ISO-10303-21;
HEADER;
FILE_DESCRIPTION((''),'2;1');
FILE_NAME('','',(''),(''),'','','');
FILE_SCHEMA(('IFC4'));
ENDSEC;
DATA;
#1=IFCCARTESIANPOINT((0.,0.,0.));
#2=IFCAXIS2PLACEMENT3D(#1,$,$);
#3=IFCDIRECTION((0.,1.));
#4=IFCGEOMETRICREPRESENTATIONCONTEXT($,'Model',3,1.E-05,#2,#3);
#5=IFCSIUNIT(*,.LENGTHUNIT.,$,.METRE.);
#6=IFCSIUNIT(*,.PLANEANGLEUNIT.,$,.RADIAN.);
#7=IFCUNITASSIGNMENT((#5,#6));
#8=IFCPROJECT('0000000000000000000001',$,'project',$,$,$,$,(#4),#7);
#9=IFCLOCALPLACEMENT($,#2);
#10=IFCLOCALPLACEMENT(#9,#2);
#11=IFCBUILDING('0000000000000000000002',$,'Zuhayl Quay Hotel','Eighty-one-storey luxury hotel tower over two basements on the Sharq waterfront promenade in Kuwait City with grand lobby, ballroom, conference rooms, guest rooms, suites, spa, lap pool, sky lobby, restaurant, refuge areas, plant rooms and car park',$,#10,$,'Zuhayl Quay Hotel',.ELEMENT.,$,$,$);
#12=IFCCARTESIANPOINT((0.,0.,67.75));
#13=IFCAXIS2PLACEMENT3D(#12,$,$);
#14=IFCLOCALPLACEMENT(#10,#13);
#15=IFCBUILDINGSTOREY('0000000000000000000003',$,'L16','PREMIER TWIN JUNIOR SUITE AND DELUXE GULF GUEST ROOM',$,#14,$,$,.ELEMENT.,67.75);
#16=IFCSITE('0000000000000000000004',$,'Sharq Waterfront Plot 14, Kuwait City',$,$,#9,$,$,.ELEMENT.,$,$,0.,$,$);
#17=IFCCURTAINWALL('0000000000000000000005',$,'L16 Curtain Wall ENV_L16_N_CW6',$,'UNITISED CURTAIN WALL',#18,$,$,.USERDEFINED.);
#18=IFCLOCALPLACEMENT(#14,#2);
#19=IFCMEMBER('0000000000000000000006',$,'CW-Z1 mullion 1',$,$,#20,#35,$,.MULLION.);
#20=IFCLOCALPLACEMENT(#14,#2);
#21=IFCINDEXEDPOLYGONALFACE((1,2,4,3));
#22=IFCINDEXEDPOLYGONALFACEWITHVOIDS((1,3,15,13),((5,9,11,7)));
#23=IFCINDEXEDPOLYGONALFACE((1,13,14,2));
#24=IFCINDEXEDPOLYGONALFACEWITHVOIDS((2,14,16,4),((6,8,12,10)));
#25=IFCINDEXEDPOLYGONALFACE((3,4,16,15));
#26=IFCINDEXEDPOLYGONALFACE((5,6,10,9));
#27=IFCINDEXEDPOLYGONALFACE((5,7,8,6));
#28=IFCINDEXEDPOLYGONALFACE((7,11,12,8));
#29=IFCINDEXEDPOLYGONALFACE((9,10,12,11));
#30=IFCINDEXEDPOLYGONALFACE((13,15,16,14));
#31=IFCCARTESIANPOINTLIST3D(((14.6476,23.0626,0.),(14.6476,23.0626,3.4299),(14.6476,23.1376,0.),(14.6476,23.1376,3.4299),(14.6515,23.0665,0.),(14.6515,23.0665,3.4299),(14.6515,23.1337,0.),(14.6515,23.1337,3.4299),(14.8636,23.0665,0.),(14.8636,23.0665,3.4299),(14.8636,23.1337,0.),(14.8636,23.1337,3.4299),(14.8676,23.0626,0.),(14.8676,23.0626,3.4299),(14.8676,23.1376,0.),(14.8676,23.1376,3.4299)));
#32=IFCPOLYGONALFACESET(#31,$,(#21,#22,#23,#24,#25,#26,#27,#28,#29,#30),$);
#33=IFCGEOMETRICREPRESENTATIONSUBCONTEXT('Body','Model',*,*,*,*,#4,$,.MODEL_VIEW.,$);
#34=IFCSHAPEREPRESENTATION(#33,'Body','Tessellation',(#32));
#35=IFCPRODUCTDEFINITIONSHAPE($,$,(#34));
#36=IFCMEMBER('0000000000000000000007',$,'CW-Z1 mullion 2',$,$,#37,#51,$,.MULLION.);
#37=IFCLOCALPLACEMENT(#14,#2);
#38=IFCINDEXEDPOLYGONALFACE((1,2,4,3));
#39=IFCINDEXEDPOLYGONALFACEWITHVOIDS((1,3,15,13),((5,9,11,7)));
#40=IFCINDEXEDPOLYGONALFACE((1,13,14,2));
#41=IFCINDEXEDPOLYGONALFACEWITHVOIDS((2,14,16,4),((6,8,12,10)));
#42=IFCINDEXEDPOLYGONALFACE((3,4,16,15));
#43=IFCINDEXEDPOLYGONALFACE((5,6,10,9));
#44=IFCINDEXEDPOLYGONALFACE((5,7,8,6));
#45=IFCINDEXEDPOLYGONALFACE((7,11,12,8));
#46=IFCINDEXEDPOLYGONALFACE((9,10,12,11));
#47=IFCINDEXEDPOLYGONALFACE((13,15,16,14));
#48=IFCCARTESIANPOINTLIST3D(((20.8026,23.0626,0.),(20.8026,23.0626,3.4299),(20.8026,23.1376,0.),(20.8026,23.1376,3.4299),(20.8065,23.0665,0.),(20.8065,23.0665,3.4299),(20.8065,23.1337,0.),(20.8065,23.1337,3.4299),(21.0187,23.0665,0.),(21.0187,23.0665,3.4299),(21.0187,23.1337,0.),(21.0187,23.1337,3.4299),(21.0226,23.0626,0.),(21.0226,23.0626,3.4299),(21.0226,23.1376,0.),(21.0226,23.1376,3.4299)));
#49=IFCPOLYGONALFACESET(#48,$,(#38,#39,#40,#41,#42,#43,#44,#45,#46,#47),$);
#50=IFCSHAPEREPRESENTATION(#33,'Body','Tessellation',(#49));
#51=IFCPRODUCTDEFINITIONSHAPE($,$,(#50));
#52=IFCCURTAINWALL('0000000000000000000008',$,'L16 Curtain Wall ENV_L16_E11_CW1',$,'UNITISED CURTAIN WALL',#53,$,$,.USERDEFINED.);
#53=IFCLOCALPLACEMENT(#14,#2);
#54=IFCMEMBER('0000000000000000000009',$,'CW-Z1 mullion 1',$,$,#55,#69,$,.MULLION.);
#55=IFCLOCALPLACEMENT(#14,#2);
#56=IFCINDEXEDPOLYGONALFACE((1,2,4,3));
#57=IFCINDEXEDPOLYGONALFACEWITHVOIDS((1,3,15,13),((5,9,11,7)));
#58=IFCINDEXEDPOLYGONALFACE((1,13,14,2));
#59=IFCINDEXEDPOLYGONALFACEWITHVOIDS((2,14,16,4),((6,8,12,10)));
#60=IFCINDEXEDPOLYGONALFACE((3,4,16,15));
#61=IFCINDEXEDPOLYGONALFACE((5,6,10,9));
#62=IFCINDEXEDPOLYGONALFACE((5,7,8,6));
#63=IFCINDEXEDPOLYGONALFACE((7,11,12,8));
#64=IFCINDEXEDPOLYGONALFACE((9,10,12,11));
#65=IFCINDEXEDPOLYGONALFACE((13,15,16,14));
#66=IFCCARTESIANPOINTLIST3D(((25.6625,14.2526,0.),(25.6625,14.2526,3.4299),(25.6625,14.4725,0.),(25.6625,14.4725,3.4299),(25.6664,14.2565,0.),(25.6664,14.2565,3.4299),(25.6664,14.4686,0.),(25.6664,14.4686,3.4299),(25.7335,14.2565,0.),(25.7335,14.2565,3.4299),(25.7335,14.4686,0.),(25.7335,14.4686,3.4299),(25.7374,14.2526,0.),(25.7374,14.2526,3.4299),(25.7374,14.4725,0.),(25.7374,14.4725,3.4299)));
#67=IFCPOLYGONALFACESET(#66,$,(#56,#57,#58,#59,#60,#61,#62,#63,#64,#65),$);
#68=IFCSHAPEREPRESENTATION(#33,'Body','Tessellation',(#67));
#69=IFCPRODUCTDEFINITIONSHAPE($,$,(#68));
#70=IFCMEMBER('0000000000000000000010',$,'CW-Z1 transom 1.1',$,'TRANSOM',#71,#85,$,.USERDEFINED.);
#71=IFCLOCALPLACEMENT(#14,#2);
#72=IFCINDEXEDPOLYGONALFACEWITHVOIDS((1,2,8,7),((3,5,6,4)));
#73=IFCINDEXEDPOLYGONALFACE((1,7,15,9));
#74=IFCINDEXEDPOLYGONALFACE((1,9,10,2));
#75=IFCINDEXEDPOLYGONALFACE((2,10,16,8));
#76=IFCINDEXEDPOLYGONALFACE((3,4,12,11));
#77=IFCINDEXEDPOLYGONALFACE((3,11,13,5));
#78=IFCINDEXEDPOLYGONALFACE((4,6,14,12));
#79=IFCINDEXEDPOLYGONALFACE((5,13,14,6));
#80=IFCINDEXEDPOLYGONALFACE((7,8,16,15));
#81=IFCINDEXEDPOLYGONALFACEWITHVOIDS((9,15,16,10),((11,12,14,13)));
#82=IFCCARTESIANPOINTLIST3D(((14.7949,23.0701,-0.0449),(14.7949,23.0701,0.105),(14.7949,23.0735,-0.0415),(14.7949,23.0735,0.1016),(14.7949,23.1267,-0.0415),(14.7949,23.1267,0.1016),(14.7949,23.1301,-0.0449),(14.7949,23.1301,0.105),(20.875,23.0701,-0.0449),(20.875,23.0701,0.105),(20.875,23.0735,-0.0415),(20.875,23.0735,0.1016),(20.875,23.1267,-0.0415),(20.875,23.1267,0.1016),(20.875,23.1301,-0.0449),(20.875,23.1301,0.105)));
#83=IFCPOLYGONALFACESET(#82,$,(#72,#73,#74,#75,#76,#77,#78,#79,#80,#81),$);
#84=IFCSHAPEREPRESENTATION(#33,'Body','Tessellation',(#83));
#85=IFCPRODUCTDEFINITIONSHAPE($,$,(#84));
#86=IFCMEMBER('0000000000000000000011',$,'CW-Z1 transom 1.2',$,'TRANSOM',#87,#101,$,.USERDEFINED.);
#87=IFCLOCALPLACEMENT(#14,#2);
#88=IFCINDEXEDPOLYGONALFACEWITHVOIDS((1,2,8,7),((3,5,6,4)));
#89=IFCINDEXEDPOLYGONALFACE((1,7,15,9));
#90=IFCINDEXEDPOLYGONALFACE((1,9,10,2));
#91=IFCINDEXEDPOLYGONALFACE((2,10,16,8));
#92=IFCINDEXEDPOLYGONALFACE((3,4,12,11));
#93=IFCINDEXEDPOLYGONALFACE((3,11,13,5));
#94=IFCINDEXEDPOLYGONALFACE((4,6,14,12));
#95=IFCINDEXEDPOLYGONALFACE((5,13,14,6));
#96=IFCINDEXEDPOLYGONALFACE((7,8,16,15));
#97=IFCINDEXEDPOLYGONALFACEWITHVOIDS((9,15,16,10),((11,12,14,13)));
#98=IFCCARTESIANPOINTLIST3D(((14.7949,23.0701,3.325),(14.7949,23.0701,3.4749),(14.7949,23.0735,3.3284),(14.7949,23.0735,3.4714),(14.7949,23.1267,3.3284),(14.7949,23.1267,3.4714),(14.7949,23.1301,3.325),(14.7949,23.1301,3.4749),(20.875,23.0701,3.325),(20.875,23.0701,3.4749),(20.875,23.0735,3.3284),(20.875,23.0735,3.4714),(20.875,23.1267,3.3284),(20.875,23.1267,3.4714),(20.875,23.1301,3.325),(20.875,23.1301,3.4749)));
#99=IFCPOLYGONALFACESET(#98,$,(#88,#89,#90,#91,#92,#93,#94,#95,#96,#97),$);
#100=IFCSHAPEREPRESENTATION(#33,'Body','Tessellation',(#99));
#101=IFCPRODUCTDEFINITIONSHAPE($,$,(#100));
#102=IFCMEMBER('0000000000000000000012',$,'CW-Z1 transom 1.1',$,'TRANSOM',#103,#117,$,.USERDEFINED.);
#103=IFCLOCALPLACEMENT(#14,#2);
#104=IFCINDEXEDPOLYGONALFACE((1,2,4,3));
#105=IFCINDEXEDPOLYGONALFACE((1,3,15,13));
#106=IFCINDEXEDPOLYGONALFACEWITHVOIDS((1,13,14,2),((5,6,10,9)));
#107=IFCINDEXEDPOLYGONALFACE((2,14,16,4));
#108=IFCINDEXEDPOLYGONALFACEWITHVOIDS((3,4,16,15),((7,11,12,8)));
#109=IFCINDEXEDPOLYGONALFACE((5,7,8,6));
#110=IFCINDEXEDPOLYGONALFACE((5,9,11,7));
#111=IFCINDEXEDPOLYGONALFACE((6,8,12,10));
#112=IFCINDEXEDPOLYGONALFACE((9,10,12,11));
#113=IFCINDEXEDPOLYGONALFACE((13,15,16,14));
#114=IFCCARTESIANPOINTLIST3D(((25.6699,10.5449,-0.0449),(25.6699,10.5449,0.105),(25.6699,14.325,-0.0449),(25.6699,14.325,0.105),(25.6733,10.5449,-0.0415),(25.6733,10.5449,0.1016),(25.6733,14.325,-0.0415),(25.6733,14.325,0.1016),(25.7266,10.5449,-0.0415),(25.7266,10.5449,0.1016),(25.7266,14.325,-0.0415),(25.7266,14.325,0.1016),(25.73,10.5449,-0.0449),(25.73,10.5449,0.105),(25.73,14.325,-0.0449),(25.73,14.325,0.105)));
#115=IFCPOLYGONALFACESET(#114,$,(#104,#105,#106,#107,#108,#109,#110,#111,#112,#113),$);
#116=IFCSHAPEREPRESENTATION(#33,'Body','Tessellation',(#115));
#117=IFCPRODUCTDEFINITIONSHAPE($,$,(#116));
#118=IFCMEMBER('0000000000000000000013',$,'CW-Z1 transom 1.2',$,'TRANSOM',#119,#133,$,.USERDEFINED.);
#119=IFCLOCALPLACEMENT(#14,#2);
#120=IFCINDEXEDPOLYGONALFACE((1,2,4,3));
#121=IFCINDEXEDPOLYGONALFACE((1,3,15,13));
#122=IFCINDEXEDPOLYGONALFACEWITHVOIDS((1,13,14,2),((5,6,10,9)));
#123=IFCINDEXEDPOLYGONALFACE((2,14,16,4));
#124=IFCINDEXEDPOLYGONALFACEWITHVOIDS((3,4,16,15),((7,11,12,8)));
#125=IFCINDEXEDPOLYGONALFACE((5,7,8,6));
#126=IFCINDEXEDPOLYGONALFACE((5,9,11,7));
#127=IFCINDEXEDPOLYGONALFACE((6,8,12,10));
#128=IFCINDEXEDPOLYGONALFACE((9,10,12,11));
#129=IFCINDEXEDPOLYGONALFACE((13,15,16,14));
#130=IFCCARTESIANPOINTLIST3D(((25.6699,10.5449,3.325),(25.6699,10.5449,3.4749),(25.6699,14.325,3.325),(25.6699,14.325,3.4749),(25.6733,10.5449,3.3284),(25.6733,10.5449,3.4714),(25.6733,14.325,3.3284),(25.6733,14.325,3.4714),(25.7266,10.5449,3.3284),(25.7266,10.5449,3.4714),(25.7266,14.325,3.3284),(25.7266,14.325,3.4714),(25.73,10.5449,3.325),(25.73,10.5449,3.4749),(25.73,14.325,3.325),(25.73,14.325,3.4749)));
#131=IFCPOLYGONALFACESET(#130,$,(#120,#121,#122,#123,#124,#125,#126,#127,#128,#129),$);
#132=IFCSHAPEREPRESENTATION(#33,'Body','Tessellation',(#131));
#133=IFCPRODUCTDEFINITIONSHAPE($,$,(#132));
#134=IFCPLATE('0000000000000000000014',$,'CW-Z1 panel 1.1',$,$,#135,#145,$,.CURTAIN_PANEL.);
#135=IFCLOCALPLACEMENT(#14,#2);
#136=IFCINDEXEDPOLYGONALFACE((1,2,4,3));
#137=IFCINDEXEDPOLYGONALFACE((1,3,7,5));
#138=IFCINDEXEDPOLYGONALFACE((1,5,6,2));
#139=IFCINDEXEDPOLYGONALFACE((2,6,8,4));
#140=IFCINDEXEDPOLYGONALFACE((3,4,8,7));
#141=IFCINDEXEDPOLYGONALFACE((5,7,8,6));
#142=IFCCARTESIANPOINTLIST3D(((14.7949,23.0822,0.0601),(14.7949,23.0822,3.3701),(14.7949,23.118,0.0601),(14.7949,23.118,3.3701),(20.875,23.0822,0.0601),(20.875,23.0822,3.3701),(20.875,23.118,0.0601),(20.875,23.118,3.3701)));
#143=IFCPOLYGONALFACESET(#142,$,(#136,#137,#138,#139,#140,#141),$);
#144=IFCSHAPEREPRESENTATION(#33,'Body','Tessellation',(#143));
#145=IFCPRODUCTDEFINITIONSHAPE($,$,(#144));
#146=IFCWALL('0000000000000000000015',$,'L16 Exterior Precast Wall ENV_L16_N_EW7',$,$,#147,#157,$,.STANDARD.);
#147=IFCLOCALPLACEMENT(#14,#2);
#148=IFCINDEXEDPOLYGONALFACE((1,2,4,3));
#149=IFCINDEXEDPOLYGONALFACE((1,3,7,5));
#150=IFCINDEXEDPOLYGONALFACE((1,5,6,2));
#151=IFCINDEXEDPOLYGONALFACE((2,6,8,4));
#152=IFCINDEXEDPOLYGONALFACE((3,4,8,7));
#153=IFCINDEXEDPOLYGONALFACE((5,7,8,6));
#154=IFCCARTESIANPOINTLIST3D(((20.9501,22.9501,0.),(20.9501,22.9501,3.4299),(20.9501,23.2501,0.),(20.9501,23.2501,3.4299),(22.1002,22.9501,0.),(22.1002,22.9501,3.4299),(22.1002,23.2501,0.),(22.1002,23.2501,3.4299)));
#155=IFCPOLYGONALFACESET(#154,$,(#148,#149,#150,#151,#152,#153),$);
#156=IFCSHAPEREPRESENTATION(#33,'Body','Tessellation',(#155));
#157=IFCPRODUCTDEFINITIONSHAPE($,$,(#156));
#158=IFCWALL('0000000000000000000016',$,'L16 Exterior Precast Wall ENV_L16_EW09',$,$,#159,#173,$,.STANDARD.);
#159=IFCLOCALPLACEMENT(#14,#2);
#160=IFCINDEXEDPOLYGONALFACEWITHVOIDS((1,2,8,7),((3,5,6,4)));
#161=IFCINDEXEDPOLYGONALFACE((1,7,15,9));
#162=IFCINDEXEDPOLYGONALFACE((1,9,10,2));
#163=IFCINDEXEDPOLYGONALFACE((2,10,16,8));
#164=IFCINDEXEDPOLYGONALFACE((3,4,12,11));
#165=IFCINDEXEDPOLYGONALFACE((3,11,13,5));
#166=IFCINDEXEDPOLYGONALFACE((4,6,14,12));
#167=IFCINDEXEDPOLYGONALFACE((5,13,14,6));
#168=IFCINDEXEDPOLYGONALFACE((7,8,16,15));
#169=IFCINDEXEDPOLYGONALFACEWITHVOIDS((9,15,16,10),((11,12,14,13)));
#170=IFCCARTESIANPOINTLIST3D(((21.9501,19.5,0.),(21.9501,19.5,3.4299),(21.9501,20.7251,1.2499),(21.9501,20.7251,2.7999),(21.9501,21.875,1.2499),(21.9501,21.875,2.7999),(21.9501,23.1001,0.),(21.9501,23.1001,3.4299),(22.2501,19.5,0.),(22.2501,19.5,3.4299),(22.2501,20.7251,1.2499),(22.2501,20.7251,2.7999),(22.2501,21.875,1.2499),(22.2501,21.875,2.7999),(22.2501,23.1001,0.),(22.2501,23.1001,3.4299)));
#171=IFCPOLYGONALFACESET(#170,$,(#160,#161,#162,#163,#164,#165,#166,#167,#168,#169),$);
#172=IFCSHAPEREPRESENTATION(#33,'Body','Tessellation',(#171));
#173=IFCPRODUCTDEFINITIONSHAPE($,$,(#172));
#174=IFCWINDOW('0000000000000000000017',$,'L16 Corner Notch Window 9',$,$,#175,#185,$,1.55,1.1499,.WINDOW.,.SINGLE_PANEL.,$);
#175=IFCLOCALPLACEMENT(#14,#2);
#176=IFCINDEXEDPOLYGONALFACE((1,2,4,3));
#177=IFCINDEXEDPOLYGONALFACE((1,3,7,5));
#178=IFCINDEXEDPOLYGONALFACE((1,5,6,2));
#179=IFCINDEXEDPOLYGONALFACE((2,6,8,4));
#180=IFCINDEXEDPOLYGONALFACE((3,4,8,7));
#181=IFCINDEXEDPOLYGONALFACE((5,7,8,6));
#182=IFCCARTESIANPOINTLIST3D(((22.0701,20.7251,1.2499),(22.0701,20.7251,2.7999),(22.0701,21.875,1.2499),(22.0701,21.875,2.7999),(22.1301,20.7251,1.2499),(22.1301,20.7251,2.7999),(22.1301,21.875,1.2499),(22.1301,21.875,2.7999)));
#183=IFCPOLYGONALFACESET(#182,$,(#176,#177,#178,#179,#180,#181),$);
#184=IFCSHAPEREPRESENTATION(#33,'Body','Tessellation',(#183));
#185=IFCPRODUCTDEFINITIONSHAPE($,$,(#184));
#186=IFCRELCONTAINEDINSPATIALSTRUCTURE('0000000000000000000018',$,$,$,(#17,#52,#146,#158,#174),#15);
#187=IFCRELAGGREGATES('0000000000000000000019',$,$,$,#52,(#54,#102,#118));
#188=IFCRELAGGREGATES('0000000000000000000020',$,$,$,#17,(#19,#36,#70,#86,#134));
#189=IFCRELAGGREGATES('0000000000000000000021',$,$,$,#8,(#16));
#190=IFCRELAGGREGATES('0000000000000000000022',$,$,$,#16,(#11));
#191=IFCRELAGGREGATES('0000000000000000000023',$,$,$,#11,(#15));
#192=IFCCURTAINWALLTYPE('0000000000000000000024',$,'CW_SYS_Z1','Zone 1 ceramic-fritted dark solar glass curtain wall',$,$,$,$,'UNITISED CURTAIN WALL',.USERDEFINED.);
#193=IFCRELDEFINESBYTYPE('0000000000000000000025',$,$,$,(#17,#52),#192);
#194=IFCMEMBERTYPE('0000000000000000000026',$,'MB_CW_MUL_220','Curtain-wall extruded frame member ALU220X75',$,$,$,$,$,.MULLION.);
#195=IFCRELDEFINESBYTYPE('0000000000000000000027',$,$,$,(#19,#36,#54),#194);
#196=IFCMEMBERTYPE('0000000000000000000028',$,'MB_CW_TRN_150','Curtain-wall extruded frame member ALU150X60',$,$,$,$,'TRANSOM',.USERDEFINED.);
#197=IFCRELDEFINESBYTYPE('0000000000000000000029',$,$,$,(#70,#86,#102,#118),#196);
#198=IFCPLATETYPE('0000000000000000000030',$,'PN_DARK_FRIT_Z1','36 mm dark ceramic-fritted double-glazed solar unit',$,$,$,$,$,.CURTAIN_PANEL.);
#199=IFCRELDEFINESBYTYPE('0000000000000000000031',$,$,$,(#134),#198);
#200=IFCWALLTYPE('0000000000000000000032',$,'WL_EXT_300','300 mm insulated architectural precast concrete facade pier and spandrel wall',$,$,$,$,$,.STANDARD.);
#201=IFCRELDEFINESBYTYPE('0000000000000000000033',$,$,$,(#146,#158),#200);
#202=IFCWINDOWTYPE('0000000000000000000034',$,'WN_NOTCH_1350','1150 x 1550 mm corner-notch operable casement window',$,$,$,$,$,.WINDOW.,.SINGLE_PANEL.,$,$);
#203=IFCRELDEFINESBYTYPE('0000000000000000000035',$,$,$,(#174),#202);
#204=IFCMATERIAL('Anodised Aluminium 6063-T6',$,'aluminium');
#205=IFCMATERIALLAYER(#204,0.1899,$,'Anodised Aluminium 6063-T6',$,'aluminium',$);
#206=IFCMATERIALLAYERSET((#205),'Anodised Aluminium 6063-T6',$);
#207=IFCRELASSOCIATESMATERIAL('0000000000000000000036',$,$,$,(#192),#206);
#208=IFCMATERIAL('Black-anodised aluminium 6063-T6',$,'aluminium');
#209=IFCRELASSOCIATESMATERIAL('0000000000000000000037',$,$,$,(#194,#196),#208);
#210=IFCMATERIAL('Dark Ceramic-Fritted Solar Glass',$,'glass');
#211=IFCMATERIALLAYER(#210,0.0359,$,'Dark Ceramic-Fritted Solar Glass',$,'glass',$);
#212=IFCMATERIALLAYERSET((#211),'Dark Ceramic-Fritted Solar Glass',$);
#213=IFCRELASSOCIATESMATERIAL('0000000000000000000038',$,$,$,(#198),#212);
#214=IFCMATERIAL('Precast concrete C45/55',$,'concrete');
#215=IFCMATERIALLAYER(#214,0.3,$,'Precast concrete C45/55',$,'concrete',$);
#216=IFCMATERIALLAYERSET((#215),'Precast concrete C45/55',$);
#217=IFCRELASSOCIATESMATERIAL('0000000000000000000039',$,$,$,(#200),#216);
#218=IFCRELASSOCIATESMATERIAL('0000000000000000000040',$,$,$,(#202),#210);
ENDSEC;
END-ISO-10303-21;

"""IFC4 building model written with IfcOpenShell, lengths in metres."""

from ifc_helpers import new_model, si_unit, direction, frame, frame_2d, origin, origin_2d, place, context, subcontext, project, spatial, rectangle, hollow_rectangle, extrude, material, layer, layer_set, material_profile, profile_set, type_object, element, fill, aggregate, save


model = new_model("IFC4")

# Units and contexts
model_context = context("Model", 3, precision=1e-05, world=origin(), true_north=direction((0.0, 1.0)))
body_context = subcontext(model_context, "Body", "Model", "MODEL_VIEW")
ifc_project = project(units=[si_unit("LENGTHUNIT", "METRE"), si_unit("PLANEANGLEUNIT", "RADIAN")], contexts=[model_context])

# Site, building, storey
site_placement = place(None, origin())
site = spatial("IfcSite", under=ifc_project, at=site_placement, Name="Sharq Waterfront Plot 14, Kuwait City", CompositionType="ELEMENT", RefElevation=0.0)
building_placement = place(site_placement, origin())
building = spatial("IfcBuilding", under=site, at=building_placement, Name="Zuhayl Quay Hotel", Description="Eighty-one-storey luxury hotel tower over two basements on the Sharq waterfront promenade in Kuwait City with grand lobby, ballroom, conference rooms, guest rooms, suites, spa, lap pool, sky lobby, restaurant, refuge areas, plant rooms and car park", LongName="Zuhayl Quay Hotel", CompositionType="ELEMENT")
storey_placement = place(building_placement, frame((0.0, 0.0, 67.75)))
storey = spatial("IfcBuildingStorey", under=building, at=storey_placement, Name="L16", Description="PREMIER TWIN JUNIOR SUITE AND DELUXE GULF GUEST ROOM", CompositionType="ELEMENT", Elevation=67.75)

# Curtain wall, members
ifc_material_1 = material(Name="Anodised Aluminium 6063-T6", Category="aluminium")
ifc_layer_1 = layer(ifc_material_1, 0.1899, Name="Anodised Aluminium 6063-T6", Category="aluminium")
ifc_layer_set_1 = layer_set([ifc_layer_1], Name="Anodised Aluminium 6063-T6")
curtain_wall_type = type_object("IfcCurtainWallType", Name="CW_SYS_Z1", Description="Zone 1 ceramic-fritted dark solar glass curtain wall", ElementType="UNITISED CURTAIN WALL", PredefinedType="USERDEFINED", material=ifc_layer_set_1)
curtain_wall_1_placement = place(storey_placement, origin())
curtain_wall_1 = element("IfcCurtainWall", 1, at=curtain_wall_1_placement, inside=storey, type_object=curtain_wall_type, Name="L16 Curtain Wall ENV_L16_N_CW6", ObjectType="UNITISED CURTAIN WALL", PredefinedType="USERDEFINED")
ifc_material_2 = material(Name="Black-anodised aluminium 6063-T6", Category="aluminium")
ifc_material_profile_1 = material_profile(ifc_material_2, hollow_rectangle(XDim=0.075, YDim=0.22, WallThickness=0.0039, at=origin_2d()), Name="ALU220X75")
ifc_profile_set_1 = profile_set([ifc_material_profile_1], Name="Black-anodised aluminium 6063-T6")
member_type_1 = type_object("IfcMemberType", Name="MB_CW_MUL_220", Description="Curtain-wall extruded frame member ALU220X75", PredefinedType="MULLION", material=ifc_profile_set_1)
member_1_placement = place(storey_placement, frame((14.7576, 23.1001, 0.0), z_axis=(0.0, 0.0, 1.0), x_axis=(0.0, 1.0, 0.0)))
member_1 = element("IfcMember", 2, at=member_1_placement, type_object=member_type_1, Name="CW-Z1 mullion 1", PredefinedType="MULLION", context=body_context, shape_type="SweptSolid", body=[
    extrude(hollow_rectangle(XDim=0.075, YDim=0.22, WallThickness=0.0039, at=origin_2d()), origin(), (0.0, 0.0, 1.0), 3.4299),
])
member_2_placement = place(storey_placement, frame((20.9126, 23.1001, 0.0), z_axis=(0.0, 0.0, 1.0), x_axis=(0.0, 1.0, 0.0)))
member_2 = element("IfcMember", 3, at=member_2_placement, type_object=member_type_1, Name="CW-Z1 mullion 2", PredefinedType="MULLION", context=body_context, shape_type="SweptSolid", body=[
    extrude(hollow_rectangle(XDim=0.075, YDim=0.22, WallThickness=0.0039, at=origin_2d()), origin(), (0.0, 0.0, 1.0), 3.4299),
])

# Curtain wall, member
curtain_wall_2_placement = place(storey_placement, origin())
curtain_wall_2 = element("IfcCurtainWall", 4, at=curtain_wall_2_placement, inside=storey, type_object=curtain_wall_type, Name="L16 Curtain Wall ENV_L16_E11_CW1", ObjectType="UNITISED CURTAIN WALL", PredefinedType="USERDEFINED")
member_3_placement = place(storey_placement, frame((25.7, 14.3625, 0.0), z_axis=(0.0, 0.0, 1.0), x_axis=(1.0, 0.0, 0.0)))
member_3 = element("IfcMember", 5, at=member_3_placement, type_object=member_type_1, Name="CW-Z1 mullion 1", PredefinedType="MULLION", context=body_context, shape_type="SweptSolid", body=[
    extrude(hollow_rectangle(XDim=0.075, YDim=0.22, WallThickness=0.0039, at=origin_2d()), origin(), (0.0, 0.0, 1.0), 3.4299),
])

# Members
ifc_material_profile_2 = material_profile(ifc_material_2, hollow_rectangle(XDim=0.0601, YDim=0.1499, WallThickness=0.0034, at=origin_2d()), Name="ALU150X60")
ifc_profile_set_2 = profile_set([ifc_material_profile_2], Name="Black-anodised aluminium 6063-T6")
member_type_2 = type_object("IfcMemberType", Name="MB_CW_TRN_150", Description="Curtain-wall extruded frame member ALU150X60", ElementType="TRANSOM", PredefinedType="USERDEFINED", material=ifc_profile_set_2)
member_4_placement = place(storey_placement, frame((14.7949, 23.1001, 0.03), z_axis=(1.0, 0.0, 0.0), x_axis=(0.0, 1.0, 0.0)))
member_4 = element("IfcMember", 6, at=member_4_placement, type_object=member_type_2, Name="CW-Z1 transom 1.1", ObjectType="TRANSOM", PredefinedType="USERDEFINED", context=body_context, shape_type="SweptSolid", body=[
    extrude(hollow_rectangle(XDim=0.0601, YDim=0.1499, WallThickness=0.0034, at=origin_2d()), origin(), (0.0, 0.0, 1.0), 6.0801),
])
member_5_placement = place(storey_placement, frame((14.7949, 23.1001, 3.3999), z_axis=(1.0, 0.0, 0.0), x_axis=(0.0, 1.0, 0.0)))
member_5 = element("IfcMember", 7, at=member_5_placement, type_object=member_type_2, Name="CW-Z1 transom 1.2", ObjectType="TRANSOM", PredefinedType="USERDEFINED", context=body_context, shape_type="SweptSolid", body=[
    extrude(hollow_rectangle(XDim=0.0601, YDim=0.1499, WallThickness=0.0034, at=origin_2d()), origin(), (0.0, 0.0, 1.0), 6.0801),
])
member_6_placement = place(storey_placement, frame((25.7, 14.325, 0.03), z_axis=(0.0, -1.0, 0.0), x_axis=(1.0, 0.0, 0.0)))
member_6 = element("IfcMember", 8, at=member_6_placement, type_object=member_type_2, Name="CW-Z1 transom 1.1", ObjectType="TRANSOM", PredefinedType="USERDEFINED", context=body_context, shape_type="SweptSolid", body=[
    extrude(hollow_rectangle(XDim=0.0601, YDim=0.1499, WallThickness=0.0034, at=origin_2d()), origin(), (0.0, 0.0, 1.0), 3.78),
])
member_7_placement = place(storey_placement, frame((25.7, 14.325, 3.3999), z_axis=(0.0, -1.0, 0.0), x_axis=(1.0, 0.0, 0.0)))
member_7 = element("IfcMember", 9, at=member_7_placement, type_object=member_type_2, Name="CW-Z1 transom 1.2", ObjectType="TRANSOM", PredefinedType="USERDEFINED", context=body_context, shape_type="SweptSolid", body=[
    extrude(hollow_rectangle(XDim=0.0601, YDim=0.1499, WallThickness=0.0034, at=origin_2d()), origin(), (0.0, 0.0, 1.0), 3.78),
])
aggregate(curtain_wall_2, [member_3, member_6, member_7])

# Plate
ifc_material_3 = material(Name="Dark Ceramic-Fritted Solar Glass", Category="glass")
ifc_layer_2 = layer(ifc_material_3, 0.0359, Name="Dark Ceramic-Fritted Solar Glass", Category="glass")
ifc_layer_set_2 = layer_set([ifc_layer_2], Name="Dark Ceramic-Fritted Solar Glass")
plate_type = type_object("IfcPlateType", Name="PN_DARK_FRIT_Z1", Description="36 mm dark ceramic-fritted double-glazed solar unit", PredefinedType="CURTAIN_PANEL", material=ifc_layer_set_2)
plate_placement = place(storey_placement, frame((17.835, 23.1001, 0.0601), z_axis=(0.0, 0.0, 1.0), x_axis=(1.0, 0.0, 0.0)))
plate = element("IfcPlate", 10, at=plate_placement, type_object=plate_type, Name="CW-Z1 panel 1.1", PredefinedType="CURTAIN_PANEL", context=body_context, shape_type="SweptSolid", body=[
    extrude(rectangle(XDim=6.0801, YDim=0.0359, at=origin_2d()), origin(), (0.0, 0.0, 1.0), 3.3101),
])
aggregate(curtain_wall_1, [member_1, member_2, member_4, member_5, plate])

# Wall
ifc_material_4 = material(Name="Precast concrete C45/55", Category="concrete")
ifc_layer_3 = layer(ifc_material_4, 0.3, Name="Precast concrete C45/55", Category="concrete")
ifc_layer_set_3 = layer_set([ifc_layer_3], Name="Precast concrete C45/55")
wall_type_1 = type_object("IfcWallType", Name="WL_EXT_300", Description="300 mm insulated architectural precast concrete facade pier and spandrel wall", PredefinedType="STANDARD", material=ifc_layer_set_3)
wall_1_placement = place(storey_placement, frame((20.95, 23.1001, 0.0), z_axis=(0.0, 0.0, 1.0), x_axis=(1.0, 0.0, 0.0)))
element("IfcWall", 11, at=wall_1_placement, inside=storey, type_object=wall_type_1, Name="L16 Exterior Precast Wall ENV_L16_N_EW7", PredefinedType="STANDARD", context=body_context, shape_type="SweptSolid", body=[
    extrude(rectangle(XDim=1.1501, YDim=0.3, at=frame_2d((0.5752, 0.0))), origin(), (0.0, 0.0, 1.0), 3.4299),
])

# Wall, opening, window
wall_2_placement = place(storey_placement, frame((22.1001, 23.1001, 0.0), z_axis=(0.0, 0.0, 1.0), x_axis=(0.0, -1.0, 0.0)))
wall_2 = element("IfcWall", 12, at=wall_2_placement, inside=storey, type_object=wall_type_1, Name="L16 Exterior Precast Wall ENV_L16_EW09", PredefinedType="STANDARD", context=body_context, shape_type="SweptSolid", body=[
    extrude(rectangle(XDim=3.6001, YDim=0.3, at=frame_2d((1.8, 0.0))), origin(), (0.0, 0.0, 1.0), 3.4299),
])
opening_1_placement = place(wall_2_placement, frame((1.2251, 0.0, 1.25)))
opening_1 = element("IfcOpeningElement", 13, at=opening_1_placement, cuts=wall_2, PredefinedType="OPENING", context=body_context, shape_type="SweptSolid", body=[
    extrude(rectangle(XDim=1.1499, YDim=1.55, at=frame_2d((0.575, 0.7749))), frame((0.0, 0.1599, 0.0), z_axis=(0.0, -1.0, 0.0), x_axis=(1.0, 0.0, 0.0)), (0.0, 0.0, 1.0), 0.3201),
])
window_type_1 = type_object("IfcWindowType", Name="WN_NOTCH_1350", Description="1150 x 1550 mm corner-notch operable casement window", PartitioningType="SINGLE_PANEL", PredefinedType="WINDOW", material=ifc_material_3)
window_1_placement = place(opening_1_placement, origin())
window_1 = element("IfcWindow", 14, at=window_1_placement, inside=storey, type_object=window_type_1, Name="L16 Corner Notch Window 9", OverallHeight=1.55, OverallWidth=1.1499, PartitioningType="SINGLE_PANEL", PredefinedType="WINDOW", context=body_context, shape_type="SweptSolid", body=[
    extrude(rectangle(XDim=1.1499, YDim=1.55, at=frame_2d((0.575, 0.7749))), frame((0.0, 0.03, 0.0), z_axis=(0.0, -1.0, 0.0), x_axis=(1.0, 0.0, 0.0)), (0.0, 0.0, 1.0), 0.0601),
])
fill(opening_1, window_1)

save(model, "model.ifc")
